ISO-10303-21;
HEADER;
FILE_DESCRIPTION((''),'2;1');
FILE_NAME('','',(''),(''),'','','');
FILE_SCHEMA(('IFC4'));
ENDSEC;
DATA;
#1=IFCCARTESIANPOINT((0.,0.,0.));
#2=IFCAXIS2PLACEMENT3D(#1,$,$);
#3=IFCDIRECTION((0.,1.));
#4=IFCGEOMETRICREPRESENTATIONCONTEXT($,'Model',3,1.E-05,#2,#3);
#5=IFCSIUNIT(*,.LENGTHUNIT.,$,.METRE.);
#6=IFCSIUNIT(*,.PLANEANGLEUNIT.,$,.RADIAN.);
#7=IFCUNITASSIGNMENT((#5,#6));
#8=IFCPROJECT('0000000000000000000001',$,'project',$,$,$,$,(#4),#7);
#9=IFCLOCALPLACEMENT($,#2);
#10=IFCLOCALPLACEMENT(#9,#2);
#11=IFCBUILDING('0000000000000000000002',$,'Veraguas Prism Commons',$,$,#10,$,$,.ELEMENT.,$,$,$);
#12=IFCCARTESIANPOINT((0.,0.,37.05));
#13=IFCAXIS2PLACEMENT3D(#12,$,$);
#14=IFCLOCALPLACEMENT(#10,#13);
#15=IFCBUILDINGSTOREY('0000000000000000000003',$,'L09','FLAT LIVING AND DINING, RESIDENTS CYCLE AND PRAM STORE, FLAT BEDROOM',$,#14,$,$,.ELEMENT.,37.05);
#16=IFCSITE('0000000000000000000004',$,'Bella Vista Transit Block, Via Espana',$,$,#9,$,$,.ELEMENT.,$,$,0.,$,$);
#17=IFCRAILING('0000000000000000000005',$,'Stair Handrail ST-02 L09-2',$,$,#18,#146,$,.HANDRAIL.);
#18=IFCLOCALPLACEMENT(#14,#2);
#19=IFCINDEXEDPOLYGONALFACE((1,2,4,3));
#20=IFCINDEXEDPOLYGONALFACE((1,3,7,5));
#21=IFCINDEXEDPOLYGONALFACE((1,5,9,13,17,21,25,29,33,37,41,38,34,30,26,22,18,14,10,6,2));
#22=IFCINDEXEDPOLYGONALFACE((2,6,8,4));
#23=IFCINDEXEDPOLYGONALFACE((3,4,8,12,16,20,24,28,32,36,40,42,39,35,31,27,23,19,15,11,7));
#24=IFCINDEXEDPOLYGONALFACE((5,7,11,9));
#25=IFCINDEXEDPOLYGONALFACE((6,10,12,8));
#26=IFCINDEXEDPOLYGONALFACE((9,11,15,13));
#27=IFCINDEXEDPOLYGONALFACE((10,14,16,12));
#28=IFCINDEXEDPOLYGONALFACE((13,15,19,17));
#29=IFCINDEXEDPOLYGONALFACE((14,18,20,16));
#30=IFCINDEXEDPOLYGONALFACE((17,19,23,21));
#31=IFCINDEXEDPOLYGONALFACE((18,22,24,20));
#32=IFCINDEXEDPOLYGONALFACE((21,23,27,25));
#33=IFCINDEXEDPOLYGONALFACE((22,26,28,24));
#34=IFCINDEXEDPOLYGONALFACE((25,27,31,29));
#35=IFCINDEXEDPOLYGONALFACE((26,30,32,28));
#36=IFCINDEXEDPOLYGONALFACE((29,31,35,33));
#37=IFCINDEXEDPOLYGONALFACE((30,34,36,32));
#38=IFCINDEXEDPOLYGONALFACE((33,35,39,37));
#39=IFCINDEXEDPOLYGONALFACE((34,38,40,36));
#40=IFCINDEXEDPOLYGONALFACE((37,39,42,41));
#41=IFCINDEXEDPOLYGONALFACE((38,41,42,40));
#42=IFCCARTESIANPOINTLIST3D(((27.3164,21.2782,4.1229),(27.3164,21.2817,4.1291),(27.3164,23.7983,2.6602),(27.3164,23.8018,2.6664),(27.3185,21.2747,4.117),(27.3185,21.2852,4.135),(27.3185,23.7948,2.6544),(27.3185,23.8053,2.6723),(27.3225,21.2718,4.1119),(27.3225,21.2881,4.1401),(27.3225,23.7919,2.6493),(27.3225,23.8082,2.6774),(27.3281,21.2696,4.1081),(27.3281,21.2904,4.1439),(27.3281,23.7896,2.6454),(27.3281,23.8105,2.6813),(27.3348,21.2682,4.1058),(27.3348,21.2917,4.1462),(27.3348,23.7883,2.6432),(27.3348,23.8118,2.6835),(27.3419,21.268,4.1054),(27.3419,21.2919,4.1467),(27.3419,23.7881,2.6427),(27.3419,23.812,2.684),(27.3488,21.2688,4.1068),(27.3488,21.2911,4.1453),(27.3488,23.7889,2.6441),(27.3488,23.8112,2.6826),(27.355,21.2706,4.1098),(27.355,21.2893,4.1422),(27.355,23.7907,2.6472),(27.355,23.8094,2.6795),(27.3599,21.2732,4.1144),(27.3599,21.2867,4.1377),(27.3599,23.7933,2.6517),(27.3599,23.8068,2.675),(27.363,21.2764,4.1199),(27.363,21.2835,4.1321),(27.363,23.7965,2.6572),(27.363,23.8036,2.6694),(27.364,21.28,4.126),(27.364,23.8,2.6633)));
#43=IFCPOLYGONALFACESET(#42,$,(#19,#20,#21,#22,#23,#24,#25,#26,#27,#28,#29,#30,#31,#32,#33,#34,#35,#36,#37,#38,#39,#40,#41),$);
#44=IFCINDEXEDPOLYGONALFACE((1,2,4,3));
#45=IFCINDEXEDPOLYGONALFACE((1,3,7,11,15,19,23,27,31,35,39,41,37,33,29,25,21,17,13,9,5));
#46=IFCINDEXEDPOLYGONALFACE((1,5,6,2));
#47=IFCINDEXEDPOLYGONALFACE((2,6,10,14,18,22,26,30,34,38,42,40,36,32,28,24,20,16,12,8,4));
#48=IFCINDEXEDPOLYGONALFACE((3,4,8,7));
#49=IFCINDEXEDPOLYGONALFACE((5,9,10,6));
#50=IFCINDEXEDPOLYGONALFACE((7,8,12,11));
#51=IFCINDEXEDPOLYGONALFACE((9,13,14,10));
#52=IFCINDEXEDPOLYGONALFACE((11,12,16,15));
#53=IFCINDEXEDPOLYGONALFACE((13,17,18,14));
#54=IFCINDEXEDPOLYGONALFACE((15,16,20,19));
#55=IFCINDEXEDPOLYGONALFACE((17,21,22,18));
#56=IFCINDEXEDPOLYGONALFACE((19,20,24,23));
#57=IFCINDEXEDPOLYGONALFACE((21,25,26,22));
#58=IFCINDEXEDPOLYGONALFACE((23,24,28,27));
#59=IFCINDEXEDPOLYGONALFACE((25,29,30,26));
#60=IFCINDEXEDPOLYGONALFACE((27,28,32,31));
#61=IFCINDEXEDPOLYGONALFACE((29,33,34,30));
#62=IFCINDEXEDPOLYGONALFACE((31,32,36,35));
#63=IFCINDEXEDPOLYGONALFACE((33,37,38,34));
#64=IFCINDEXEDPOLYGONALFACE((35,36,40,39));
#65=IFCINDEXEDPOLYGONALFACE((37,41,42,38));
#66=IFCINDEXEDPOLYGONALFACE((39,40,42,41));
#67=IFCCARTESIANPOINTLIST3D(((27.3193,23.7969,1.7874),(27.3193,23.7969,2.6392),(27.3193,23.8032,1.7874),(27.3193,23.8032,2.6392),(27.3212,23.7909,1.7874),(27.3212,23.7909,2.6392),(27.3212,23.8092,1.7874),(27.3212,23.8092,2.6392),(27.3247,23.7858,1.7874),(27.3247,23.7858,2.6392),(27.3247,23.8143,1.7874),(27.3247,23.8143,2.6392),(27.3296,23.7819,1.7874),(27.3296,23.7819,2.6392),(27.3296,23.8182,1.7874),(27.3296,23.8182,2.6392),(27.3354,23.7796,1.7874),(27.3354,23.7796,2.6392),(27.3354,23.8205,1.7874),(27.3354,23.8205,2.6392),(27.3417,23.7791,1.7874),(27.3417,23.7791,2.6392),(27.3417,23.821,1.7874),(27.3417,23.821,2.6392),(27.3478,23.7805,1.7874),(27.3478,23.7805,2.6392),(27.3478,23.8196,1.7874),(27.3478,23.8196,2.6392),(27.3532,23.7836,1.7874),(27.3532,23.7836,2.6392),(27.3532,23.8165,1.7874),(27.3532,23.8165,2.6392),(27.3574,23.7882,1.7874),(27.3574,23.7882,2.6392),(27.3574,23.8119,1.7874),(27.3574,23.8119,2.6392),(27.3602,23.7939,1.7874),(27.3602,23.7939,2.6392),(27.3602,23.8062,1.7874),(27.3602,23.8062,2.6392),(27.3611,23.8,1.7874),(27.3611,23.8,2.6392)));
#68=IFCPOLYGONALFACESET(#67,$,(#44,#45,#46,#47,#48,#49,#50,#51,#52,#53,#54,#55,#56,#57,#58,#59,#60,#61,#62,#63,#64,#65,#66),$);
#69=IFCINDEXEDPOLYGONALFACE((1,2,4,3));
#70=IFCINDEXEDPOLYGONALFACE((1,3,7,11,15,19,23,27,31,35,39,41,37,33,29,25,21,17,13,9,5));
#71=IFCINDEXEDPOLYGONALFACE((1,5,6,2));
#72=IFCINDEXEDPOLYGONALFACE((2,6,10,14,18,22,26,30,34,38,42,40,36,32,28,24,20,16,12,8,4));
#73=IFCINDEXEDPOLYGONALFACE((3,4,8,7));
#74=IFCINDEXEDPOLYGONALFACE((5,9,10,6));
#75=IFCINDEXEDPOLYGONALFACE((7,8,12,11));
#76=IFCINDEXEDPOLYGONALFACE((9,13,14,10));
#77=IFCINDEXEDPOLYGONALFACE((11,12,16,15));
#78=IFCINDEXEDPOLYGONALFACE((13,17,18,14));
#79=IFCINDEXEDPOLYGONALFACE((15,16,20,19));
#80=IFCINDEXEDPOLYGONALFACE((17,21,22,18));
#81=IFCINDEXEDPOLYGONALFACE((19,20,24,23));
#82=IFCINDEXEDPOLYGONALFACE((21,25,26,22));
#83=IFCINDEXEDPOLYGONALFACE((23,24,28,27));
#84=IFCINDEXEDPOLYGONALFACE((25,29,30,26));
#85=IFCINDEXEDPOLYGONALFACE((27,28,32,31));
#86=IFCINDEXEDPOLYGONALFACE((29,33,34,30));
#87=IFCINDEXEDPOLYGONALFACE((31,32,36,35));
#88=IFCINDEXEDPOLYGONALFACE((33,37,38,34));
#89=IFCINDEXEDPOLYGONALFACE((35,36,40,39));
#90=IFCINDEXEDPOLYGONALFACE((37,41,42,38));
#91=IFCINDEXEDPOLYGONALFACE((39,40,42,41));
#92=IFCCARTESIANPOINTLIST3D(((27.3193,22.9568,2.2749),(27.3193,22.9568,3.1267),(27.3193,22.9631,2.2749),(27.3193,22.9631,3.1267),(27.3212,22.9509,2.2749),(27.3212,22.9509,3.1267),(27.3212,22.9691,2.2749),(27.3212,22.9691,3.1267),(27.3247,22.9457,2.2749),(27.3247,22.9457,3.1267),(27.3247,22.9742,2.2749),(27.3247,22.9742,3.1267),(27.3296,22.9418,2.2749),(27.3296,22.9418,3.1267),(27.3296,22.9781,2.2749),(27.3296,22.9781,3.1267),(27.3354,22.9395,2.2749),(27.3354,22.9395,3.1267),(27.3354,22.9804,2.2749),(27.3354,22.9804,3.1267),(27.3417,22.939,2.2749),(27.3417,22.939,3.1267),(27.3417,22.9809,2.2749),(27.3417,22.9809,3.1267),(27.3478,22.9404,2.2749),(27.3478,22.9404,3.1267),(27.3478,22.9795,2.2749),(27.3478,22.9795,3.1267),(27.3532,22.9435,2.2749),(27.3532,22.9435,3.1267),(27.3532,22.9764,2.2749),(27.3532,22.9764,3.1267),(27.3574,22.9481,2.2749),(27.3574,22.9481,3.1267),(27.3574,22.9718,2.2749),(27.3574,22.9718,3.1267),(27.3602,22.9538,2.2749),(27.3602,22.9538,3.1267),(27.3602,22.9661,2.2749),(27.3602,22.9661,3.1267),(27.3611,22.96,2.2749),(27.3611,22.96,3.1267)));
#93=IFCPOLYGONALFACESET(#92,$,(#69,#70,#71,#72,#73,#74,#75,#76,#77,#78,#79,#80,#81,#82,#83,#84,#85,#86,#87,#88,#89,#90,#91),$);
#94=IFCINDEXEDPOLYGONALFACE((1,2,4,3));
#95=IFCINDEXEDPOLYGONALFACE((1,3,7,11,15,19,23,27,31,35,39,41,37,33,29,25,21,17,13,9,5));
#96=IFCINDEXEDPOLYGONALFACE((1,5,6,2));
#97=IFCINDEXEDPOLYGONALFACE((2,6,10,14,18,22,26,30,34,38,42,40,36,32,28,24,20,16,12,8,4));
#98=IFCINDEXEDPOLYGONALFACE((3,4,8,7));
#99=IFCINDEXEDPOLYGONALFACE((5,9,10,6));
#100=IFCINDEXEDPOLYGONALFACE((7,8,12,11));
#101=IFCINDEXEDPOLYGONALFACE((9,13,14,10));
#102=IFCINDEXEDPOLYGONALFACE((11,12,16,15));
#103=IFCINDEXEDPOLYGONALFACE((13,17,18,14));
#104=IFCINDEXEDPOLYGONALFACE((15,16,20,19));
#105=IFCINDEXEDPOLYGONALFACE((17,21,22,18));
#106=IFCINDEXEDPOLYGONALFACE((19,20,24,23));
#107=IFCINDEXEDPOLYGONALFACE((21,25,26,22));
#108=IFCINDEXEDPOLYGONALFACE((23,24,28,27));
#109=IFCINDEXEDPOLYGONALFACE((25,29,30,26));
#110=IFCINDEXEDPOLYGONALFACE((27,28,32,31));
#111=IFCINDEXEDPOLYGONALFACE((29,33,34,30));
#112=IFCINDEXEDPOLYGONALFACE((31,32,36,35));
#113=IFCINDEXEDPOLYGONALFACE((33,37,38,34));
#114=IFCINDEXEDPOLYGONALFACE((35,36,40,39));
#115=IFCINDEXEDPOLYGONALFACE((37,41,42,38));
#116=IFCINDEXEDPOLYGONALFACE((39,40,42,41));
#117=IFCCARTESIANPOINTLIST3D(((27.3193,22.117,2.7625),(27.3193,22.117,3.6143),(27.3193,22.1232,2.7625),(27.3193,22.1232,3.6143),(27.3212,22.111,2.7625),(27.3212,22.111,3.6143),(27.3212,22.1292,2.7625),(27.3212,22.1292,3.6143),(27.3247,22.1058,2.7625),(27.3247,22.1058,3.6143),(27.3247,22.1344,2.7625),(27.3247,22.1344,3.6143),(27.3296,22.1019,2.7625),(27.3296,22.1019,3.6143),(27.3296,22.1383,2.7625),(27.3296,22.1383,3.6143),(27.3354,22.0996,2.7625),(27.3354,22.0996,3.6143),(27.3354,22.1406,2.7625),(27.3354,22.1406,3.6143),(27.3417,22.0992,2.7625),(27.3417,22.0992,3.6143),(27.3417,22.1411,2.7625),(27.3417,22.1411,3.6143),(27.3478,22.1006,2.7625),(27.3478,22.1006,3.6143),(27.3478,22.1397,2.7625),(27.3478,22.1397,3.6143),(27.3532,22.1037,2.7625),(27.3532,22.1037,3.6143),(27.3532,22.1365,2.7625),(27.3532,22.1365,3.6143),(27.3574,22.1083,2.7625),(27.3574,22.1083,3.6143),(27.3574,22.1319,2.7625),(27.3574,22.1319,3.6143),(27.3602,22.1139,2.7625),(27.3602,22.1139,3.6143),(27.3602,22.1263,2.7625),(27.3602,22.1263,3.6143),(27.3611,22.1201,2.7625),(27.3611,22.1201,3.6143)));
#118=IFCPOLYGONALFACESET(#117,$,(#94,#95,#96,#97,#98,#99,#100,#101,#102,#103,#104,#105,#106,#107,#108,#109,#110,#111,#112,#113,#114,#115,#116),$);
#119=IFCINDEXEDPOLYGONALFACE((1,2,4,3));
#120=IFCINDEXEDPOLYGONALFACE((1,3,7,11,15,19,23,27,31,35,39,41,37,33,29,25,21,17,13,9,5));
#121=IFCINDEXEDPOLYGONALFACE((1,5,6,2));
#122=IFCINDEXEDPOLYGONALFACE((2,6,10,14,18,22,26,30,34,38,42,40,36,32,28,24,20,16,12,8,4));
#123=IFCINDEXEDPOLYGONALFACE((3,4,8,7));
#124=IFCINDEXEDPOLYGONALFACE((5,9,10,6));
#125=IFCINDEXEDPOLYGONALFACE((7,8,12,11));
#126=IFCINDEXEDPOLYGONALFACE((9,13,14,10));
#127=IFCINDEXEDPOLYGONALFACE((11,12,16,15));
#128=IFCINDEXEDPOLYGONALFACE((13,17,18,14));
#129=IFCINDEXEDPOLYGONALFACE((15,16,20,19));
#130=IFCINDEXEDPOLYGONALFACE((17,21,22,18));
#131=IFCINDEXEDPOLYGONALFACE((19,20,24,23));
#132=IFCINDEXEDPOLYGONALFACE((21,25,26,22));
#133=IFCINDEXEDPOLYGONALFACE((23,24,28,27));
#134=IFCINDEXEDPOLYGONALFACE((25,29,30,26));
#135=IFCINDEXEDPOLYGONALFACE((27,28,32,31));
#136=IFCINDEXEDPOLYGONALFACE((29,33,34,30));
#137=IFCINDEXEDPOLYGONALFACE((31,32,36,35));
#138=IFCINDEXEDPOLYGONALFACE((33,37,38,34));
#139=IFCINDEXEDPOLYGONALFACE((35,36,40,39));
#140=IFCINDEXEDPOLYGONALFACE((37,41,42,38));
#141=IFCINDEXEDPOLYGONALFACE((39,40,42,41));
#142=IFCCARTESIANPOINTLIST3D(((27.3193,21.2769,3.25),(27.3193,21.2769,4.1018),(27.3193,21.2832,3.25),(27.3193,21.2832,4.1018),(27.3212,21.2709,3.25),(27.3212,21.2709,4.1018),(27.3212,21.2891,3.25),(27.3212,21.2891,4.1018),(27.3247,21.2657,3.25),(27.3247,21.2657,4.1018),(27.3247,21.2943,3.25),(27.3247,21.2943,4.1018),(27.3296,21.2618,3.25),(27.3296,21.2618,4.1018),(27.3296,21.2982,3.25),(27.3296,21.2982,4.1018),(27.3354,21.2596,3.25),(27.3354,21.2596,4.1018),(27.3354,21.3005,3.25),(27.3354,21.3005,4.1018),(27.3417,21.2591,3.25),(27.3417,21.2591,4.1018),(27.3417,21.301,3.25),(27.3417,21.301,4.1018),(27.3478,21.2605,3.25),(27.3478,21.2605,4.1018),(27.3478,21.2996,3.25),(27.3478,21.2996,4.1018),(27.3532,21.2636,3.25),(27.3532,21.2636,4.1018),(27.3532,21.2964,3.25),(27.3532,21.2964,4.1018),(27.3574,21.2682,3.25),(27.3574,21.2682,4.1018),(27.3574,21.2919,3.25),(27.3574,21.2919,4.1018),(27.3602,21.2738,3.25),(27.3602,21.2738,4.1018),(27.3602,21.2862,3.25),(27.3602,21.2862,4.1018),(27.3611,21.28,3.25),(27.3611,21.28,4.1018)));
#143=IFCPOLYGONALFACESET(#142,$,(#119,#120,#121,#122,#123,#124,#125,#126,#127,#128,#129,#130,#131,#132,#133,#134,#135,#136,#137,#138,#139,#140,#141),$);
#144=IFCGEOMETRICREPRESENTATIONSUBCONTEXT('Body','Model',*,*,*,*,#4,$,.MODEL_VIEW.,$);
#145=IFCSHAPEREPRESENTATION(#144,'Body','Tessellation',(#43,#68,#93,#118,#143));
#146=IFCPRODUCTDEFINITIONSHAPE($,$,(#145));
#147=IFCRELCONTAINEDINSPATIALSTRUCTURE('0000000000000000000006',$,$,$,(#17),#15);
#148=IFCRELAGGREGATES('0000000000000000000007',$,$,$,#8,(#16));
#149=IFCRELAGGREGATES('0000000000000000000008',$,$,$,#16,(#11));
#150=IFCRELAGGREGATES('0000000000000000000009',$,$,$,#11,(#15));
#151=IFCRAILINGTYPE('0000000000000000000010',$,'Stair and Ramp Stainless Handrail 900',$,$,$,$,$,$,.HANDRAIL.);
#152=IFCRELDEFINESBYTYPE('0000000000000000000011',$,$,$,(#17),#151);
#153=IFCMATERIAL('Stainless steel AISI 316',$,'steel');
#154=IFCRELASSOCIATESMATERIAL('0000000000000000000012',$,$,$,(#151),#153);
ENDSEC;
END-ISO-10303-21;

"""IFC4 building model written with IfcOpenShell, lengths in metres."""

from ifc_helpers import new_model, si_unit, direction, frame, origin, origin_2d, place, context, subcontext, project, spatial, circle, extrude, material, type_object, element, save


model = new_model("IFC4")

# Units and contexts
model_context = context("Model", 3, precision=1e-05, world=origin(), true_north=direction((0.0, 1.0)))
body_context = subcontext(model_context, "Body", "Model", "MODEL_VIEW")
ifc_project = project(units=[si_unit("LENGTHUNIT", "METRE"), si_unit("PLANEANGLEUNIT", "RADIAN")], contexts=[model_context])

# Site, building, storey
site_placement = place(None, origin())
site = spatial("IfcSite", under=ifc_project, at=site_placement, Name="Bella Vista Transit Block, Via Espana", CompositionType="ELEMENT", RefElevation=0.0)
building_placement = place(site_placement, origin())
building = spatial("IfcBuilding", under=site, at=building_placement, Name="Veraguas Prism Commons", CompositionType="ELEMENT")
storey_placement = place(building_placement, frame((0.0, 0.0, 37.05)))
storey = spatial("IfcBuildingStorey", under=building, at=storey_placement, Name="L09", Description="FLAT LIVING AND DINING, RESIDENTS CYCLE AND PRAM STORE, FLAT BEDROOM", CompositionType="ELEMENT", Elevation=37.05)

# Railing
ifc_material_1 = material(Name="Stainless steel AISI 316", Category="steel")
railing_type_1 = type_object("IfcRailingType", Name="Stair and Ramp Stainless Handrail 900", PredefinedType="HANDRAIL", material=ifc_material_1)
railing_1_placement = place(storey_placement, frame((27.3401, 23.8, 1.7874)))
element("IfcRailing", 1, at=railing_1_placement, inside=storey, type_object=railing_type_1, Name="Stair Handrail ST-02 L09-2", PredefinedType="HANDRAIL", context=body_context, shape_type="SweptSolid", body=[
    extrude(circle(Radius=0.0239, at=origin_2d()), frame((0.0, 0.0, 0.876), z_axis=(0.0, -0.864877, 0.501984), x_axis=(1.0, 0.0, 0.0)), (0.0, 0.0, 1.0), 2.9138),
    extrude(circle(Radius=0.021, at=origin_2d()), origin(), (0.0, 0.0, 1.0), 0.8518),
    extrude(circle(Radius=0.021, at=origin_2d()), frame((0.0, -0.8401, 0.4875)), (0.0, 0.0, 1.0), 0.8518),
    extrude(circle(Radius=0.021, at=origin_2d()), frame((0.0, -1.6799, 0.9751)), (0.0, 0.0, 1.0), 0.8518),
    extrude(circle(Radius=0.021, at=origin_2d()), frame((0.0, -2.52, 1.4626)), (0.0, 0.0, 1.0), 0.8518),
])

save(model, "model.ifc")
